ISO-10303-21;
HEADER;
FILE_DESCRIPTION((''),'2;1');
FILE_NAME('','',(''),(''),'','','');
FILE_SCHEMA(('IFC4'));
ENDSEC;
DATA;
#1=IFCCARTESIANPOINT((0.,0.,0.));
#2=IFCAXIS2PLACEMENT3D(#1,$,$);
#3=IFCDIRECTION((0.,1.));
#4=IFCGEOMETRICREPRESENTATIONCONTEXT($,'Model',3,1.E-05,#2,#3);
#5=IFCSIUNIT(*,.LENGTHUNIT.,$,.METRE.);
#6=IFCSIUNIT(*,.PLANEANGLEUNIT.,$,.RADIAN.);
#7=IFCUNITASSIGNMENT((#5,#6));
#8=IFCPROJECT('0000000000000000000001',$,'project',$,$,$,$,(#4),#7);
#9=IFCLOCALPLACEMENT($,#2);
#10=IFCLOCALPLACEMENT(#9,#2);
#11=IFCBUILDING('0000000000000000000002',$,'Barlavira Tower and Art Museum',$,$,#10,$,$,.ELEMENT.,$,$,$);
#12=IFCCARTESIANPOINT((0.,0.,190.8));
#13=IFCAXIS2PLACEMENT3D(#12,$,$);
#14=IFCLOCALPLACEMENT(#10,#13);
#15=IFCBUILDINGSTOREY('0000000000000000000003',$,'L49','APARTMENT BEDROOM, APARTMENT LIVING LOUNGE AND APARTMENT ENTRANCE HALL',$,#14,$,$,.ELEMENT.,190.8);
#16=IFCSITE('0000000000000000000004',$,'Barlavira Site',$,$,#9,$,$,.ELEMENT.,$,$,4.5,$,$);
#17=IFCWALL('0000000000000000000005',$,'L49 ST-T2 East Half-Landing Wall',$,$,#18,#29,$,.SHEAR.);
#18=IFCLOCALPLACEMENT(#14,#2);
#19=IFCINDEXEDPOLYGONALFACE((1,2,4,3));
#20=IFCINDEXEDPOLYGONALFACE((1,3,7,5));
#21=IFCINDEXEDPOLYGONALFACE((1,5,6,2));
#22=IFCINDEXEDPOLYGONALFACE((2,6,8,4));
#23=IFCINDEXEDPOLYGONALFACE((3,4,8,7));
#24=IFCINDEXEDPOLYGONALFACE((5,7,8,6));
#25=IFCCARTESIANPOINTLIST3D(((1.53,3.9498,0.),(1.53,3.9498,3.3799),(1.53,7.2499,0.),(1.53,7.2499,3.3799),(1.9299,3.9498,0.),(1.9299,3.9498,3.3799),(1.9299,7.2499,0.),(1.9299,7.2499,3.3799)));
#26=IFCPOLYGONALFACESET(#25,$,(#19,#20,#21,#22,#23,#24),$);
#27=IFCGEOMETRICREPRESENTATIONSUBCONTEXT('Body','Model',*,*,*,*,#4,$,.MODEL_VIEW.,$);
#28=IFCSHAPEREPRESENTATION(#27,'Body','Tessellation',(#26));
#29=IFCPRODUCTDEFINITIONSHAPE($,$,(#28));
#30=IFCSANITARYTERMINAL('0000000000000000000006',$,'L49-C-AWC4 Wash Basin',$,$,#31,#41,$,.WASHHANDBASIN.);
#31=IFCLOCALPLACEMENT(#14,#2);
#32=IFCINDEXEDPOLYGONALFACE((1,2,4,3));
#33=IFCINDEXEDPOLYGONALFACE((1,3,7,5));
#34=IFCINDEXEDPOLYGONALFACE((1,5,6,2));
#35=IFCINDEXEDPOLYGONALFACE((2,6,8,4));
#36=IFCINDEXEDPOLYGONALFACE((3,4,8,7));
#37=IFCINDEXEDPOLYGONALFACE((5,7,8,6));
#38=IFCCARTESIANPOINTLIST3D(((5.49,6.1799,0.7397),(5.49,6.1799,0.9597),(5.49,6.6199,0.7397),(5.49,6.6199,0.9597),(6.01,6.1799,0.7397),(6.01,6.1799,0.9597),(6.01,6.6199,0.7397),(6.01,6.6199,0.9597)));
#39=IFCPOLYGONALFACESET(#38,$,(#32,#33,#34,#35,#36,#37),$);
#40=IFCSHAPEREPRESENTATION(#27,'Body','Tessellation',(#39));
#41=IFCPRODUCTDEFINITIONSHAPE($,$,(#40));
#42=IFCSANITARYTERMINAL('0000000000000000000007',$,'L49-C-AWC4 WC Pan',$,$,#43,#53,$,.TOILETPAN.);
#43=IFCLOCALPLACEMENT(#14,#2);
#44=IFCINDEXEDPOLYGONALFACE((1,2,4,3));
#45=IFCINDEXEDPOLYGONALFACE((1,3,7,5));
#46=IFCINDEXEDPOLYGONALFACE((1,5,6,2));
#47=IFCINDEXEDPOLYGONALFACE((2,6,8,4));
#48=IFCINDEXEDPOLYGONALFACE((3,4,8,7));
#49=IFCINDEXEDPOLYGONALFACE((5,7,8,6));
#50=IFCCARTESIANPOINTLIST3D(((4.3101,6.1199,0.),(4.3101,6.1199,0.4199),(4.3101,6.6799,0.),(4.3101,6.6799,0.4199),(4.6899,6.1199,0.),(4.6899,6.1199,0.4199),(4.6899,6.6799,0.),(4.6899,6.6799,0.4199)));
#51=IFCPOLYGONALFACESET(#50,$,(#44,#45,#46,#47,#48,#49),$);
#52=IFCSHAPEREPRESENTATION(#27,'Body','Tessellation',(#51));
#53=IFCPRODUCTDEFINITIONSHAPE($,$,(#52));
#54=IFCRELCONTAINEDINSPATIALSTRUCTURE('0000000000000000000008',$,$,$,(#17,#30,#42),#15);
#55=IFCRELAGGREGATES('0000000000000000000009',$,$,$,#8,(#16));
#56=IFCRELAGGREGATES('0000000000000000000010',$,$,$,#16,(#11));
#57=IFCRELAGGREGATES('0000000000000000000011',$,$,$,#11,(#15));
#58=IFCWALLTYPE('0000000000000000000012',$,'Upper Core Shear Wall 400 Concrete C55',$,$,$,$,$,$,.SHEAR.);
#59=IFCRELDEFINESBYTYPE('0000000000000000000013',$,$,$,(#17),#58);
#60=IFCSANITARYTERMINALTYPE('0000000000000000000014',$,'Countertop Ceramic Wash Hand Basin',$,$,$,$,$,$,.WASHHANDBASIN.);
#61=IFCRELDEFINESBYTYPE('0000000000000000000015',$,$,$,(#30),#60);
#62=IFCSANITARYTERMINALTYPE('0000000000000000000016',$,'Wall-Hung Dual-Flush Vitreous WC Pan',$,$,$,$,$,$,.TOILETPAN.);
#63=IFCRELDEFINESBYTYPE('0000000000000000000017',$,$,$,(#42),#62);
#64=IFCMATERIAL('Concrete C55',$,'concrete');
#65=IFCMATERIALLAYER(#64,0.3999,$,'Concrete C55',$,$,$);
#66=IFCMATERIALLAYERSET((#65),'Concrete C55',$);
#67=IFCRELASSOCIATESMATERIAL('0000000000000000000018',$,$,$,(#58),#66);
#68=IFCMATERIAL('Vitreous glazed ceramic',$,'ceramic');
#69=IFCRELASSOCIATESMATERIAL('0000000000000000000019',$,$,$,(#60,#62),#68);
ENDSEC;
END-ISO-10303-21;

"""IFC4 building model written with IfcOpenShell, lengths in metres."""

from ifc_helpers import new_model, si_unit, direction, frame, frame_2d, origin, origin_2d, place, context, subcontext, project, spatial, rectangle, extrude, material, layer, layer_set, type_object, element, save


model = new_model("IFC4")

# Units and contexts
model_context = context("Model", 3, precision=1e-05, world=origin(), true_north=direction((0.0, 1.0)))
body_context = subcontext(model_context, "Body", "Model", "MODEL_VIEW")
ifc_project = project(units=[si_unit("LENGTHUNIT", "METRE"), si_unit("PLANEANGLEUNIT", "RADIAN")], contexts=[model_context])

# Site, building, storey
site_placement = place(None, origin())
site = spatial("IfcSite", under=ifc_project, at=site_placement, Name="Barlavira Site", CompositionType="ELEMENT", RefElevation=4.5)
building_placement = place(site_placement, origin())
building = spatial("IfcBuilding", under=site, at=building_placement, Name="Barlavira Tower and Art Museum", CompositionType="ELEMENT")
storey_placement = place(building_placement, frame((0.0, 0.0, 190.8)))
storey = spatial("IfcBuildingStorey", under=building, at=storey_placement, Name="L49", Description="APARTMENT BEDROOM, APARTMENT LIVING LOUNGE AND APARTMENT ENTRANCE HALL", CompositionType="ELEMENT", Elevation=190.8)

# Wall
ifc_material_1 = material(Name="Concrete C55", Category="concrete")
ifc_layer_1 = layer(ifc_material_1, 0.3999, Name="Concrete C55")
ifc_layer_set_1 = layer_set([ifc_layer_1], Name="Concrete C55")
wall_type_1 = type_object("IfcWallType", Name="Upper Core Shear Wall 400 Concrete C55", PredefinedType="SHEAR", material=ifc_layer_set_1)
wall_1_placement = place(storey_placement, frame((1.73, 3.95, 0.0), z_axis=(0.0, 0.0, 1.0), x_axis=(0.0, 1.0, 0.0)))
element("IfcWall", 1, at=wall_1_placement, inside=storey, type_object=wall_type_1, Name="L49 ST-T2 East Half-Landing Wall", PredefinedType="SHEAR", context=body_context, shape_type="SweptSolid", body=[
    extrude(rectangle(XDim=3.3, YDim=0.3999, at=frame_2d((1.6499, 0.0))), origin(), (0.0, 0.0, 1.0), 3.3799),
])

# Sanitary terminals
ifc_material_2 = material(Name="Vitreous glazed ceramic", Category="ceramic")
sanitary_terminal_type_1 = type_object("IfcSanitaryTerminalType", Name="Countertop Ceramic Wash Hand Basin", PredefinedType="WASHHANDBASIN", material=ifc_material_2)
sanitary_terminal_1_placement = place(storey_placement, frame((5.75, 6.3999, 0.7397), z_axis=(0.0, 0.0, 1.0), x_axis=(1.0, 0.0, 0.0)))
element("IfcSanitaryTerminal", 2, at=sanitary_terminal_1_placement, inside=storey, type_object=sanitary_terminal_type_1, Name="L49-C-AWC4 Wash Basin", PredefinedType="WASHHANDBASIN", context=body_context, shape_type="SweptSolid", body=[
    extrude(rectangle(XDim=0.52, YDim=0.4399, at=origin_2d()), origin(), (0.0, 0.0, 1.0), 0.22),
])
sanitary_terminal_type_2 = type_object("IfcSanitaryTerminalType", Name="Wall-Hung Dual-Flush Vitreous WC Pan", PredefinedType="TOILETPAN", material=ifc_material_2)
sanitary_terminal_2_placement = place(storey_placement, frame((4.5, 6.3999, 0.0), z_axis=(0.0, 0.0, 1.0), x_axis=(1.0, 0.0, 0.0)))
element("IfcSanitaryTerminal", 3, at=sanitary_terminal_2_placement, inside=storey, type_object=sanitary_terminal_type_2, Name="L49-C-AWC4 WC Pan", PredefinedType="TOILETPAN", context=body_context, shape_type="SweptSolid", body=[
    extrude(rectangle(XDim=0.3799, YDim=0.5601, at=origin_2d()), origin(), (0.0, 0.0, 1.0), 0.4199),
])

save(model, "model.ifc")
